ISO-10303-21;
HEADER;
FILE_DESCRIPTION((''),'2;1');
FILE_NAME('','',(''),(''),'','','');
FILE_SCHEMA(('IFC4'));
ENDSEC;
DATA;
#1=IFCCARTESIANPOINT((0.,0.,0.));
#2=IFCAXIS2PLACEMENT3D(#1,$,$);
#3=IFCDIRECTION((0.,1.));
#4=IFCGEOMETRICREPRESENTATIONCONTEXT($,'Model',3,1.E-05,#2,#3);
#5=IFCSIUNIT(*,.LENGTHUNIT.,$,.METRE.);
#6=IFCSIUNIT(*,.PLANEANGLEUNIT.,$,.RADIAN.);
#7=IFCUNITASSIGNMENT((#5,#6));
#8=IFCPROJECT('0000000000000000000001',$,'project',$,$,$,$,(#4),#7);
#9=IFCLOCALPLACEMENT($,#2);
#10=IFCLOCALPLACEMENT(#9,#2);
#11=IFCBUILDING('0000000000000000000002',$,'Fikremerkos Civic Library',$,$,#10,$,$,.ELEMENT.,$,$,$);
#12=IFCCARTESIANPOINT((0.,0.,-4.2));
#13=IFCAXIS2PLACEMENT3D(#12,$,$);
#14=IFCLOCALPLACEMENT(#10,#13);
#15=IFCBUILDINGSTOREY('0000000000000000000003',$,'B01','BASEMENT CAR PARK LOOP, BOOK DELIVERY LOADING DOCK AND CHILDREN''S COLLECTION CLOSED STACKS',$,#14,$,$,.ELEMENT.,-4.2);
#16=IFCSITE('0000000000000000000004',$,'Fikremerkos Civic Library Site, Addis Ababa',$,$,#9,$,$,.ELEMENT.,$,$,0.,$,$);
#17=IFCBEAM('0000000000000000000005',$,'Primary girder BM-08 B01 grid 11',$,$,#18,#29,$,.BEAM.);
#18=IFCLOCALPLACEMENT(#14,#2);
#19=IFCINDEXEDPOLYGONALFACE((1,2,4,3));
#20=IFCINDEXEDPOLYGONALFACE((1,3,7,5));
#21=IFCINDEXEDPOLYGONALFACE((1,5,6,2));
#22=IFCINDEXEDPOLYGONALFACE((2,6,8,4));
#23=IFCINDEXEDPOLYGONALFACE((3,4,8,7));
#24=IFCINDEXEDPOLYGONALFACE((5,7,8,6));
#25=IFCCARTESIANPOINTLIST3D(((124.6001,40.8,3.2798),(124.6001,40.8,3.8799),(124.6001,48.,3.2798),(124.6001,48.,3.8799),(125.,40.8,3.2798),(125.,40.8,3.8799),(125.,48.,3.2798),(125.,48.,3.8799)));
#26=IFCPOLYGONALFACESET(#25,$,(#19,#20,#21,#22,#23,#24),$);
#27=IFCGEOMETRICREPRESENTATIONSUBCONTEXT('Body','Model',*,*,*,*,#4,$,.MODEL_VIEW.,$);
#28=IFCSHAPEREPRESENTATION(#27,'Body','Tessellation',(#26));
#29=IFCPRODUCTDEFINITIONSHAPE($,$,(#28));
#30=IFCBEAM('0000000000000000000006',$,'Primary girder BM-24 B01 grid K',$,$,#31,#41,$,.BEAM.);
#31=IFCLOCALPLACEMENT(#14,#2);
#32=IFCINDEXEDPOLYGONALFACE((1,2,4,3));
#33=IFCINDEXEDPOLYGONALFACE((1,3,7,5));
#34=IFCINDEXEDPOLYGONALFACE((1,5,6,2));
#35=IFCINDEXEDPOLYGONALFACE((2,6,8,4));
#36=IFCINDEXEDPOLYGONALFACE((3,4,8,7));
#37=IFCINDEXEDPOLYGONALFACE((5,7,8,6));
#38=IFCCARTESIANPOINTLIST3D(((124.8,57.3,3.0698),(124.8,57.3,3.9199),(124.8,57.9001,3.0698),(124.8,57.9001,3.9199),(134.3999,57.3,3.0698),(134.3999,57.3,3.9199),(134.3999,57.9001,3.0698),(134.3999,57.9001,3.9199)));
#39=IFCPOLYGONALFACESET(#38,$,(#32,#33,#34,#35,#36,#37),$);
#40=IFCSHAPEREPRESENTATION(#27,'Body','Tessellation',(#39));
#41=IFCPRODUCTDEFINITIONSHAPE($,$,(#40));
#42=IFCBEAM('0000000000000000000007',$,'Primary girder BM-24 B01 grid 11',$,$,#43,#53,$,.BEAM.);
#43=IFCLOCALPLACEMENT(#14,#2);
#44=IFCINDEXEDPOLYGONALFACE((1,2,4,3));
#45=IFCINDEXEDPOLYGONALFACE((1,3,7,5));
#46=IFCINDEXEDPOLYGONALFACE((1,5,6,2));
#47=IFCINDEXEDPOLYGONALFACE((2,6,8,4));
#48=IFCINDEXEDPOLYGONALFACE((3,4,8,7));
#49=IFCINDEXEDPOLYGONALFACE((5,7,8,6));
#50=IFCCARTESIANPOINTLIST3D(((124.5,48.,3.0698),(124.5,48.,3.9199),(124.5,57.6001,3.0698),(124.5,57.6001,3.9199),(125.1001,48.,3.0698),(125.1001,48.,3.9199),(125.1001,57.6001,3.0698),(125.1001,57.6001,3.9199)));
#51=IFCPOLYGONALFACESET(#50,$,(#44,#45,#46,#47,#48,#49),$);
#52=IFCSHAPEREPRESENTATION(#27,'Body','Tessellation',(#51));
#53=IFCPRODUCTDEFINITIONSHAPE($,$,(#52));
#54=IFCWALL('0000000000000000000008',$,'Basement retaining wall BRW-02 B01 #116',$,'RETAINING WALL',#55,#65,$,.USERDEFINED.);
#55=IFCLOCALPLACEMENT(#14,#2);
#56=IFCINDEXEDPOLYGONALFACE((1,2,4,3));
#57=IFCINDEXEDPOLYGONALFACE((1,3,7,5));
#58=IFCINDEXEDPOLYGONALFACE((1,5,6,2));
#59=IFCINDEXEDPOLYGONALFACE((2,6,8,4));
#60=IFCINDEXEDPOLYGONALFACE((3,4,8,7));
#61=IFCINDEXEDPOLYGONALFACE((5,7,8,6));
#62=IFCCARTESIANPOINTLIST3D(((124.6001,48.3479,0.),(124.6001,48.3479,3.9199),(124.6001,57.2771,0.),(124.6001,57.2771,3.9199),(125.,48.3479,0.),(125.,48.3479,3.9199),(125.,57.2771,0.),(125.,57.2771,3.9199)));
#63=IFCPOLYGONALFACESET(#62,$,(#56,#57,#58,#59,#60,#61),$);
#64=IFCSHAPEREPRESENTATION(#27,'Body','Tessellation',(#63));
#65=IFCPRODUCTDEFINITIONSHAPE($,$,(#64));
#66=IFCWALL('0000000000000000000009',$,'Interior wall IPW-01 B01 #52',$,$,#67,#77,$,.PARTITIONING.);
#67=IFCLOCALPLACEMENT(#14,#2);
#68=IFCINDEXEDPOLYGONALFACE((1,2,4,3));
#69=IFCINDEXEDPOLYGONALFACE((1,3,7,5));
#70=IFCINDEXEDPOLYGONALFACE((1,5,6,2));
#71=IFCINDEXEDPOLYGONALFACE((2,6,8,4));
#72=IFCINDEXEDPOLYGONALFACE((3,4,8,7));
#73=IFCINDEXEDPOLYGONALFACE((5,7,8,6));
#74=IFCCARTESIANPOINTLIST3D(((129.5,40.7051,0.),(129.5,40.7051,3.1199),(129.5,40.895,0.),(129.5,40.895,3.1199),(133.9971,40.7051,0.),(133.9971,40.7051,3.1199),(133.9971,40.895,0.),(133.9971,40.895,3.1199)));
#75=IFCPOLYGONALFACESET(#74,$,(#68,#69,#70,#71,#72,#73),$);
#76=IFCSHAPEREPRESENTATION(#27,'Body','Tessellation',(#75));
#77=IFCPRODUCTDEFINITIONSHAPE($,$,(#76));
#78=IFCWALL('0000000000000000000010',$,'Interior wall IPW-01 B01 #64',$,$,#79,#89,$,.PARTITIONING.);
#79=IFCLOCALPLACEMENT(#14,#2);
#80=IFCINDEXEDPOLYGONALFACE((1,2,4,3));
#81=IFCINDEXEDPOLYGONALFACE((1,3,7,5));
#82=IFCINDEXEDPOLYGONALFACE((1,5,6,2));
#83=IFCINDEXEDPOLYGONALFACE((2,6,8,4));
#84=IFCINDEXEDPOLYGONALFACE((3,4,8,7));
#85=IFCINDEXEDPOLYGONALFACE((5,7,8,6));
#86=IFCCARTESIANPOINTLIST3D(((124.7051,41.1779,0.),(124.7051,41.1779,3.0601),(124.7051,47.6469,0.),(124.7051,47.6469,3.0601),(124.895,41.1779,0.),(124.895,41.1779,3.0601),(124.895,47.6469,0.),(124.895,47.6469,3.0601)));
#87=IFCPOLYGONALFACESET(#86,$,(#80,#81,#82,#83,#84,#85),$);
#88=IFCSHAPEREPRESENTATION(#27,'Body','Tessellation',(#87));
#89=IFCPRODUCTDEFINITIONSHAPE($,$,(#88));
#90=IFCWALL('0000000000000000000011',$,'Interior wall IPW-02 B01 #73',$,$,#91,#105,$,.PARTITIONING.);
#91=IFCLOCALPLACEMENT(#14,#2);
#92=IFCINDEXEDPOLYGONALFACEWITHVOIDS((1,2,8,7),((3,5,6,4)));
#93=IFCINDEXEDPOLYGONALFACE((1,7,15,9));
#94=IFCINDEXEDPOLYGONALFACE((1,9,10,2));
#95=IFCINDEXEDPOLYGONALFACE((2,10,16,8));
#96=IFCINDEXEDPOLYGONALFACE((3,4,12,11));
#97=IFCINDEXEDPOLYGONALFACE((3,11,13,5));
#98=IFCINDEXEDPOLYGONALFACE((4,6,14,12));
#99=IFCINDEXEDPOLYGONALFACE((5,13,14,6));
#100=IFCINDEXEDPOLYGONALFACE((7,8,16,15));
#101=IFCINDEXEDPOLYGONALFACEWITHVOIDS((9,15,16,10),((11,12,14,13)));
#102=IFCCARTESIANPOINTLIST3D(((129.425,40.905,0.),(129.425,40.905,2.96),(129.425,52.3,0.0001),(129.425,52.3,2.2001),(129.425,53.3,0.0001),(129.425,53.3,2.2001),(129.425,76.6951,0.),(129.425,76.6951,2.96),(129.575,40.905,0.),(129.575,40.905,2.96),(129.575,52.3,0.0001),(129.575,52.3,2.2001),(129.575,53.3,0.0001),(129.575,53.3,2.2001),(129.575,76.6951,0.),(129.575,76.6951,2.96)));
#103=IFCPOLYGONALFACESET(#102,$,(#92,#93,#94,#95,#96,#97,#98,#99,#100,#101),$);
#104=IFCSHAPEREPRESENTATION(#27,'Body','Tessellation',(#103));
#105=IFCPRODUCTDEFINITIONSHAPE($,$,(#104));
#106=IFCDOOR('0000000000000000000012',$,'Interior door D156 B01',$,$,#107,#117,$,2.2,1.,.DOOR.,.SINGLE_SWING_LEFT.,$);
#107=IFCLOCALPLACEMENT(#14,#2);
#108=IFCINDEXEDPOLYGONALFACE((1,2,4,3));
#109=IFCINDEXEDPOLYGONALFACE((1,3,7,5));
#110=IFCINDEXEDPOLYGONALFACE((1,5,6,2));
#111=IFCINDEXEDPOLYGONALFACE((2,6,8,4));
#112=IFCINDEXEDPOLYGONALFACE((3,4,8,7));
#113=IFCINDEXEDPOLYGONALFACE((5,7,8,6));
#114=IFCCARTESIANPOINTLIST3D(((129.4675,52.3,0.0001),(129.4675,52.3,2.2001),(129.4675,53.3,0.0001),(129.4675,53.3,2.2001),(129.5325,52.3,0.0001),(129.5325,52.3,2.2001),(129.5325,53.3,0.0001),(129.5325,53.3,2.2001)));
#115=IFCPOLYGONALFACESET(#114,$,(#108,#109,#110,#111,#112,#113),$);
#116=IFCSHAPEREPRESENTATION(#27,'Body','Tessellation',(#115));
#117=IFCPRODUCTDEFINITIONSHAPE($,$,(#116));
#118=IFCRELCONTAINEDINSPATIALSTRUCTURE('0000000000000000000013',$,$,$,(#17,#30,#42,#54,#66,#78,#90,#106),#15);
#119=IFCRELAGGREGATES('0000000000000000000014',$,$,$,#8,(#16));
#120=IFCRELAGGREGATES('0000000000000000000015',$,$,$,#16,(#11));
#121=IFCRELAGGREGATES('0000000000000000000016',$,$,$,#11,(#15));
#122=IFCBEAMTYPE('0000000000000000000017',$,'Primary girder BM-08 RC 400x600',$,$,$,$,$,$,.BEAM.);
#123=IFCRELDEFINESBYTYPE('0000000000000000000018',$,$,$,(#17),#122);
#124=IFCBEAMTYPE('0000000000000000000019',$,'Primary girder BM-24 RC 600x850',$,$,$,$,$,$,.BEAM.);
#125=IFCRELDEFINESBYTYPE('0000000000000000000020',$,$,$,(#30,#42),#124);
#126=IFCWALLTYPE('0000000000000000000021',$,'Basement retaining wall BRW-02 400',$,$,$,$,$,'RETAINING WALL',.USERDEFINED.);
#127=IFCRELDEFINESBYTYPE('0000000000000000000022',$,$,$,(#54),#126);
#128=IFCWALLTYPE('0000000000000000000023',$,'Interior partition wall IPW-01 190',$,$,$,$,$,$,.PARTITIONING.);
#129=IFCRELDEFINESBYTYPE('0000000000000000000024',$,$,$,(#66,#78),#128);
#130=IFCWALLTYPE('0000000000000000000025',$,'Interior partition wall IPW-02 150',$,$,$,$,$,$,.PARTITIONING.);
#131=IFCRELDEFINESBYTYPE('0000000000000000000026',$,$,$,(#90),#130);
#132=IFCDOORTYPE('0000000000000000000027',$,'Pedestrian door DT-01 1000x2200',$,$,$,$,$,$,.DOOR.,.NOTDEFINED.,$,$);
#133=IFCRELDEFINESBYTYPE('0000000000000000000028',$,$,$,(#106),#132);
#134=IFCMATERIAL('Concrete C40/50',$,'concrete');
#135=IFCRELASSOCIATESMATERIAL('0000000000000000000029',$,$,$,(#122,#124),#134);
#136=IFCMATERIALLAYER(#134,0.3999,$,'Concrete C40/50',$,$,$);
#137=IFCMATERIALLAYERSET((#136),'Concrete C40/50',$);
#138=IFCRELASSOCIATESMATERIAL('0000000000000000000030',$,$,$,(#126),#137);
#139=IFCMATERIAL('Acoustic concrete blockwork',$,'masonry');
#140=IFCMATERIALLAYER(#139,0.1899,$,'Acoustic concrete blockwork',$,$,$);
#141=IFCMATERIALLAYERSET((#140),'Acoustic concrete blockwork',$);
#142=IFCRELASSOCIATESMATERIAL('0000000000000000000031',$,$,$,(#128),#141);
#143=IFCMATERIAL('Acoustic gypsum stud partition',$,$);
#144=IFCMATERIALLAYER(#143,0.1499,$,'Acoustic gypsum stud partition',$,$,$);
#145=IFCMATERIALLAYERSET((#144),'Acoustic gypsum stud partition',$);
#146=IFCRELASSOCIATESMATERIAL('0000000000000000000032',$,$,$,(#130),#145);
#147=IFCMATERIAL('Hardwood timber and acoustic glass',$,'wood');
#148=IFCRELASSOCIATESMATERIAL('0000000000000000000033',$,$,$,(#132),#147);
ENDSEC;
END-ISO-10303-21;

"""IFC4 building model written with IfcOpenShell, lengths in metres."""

from ifc_helpers import new_model, si_unit, direction, frame, frame_2d, origin, origin_2d, place, context, subcontext, project, spatial, rectangle, extrude, material, layer, layer_set, material_profile, profile_set, type_object, element, fill, save


model = new_model("IFC4")

# Units and contexts
model_context = context("Model", 3, precision=1e-05, world=origin(), true_north=direction((0.0, 1.0)))
body_context = subcontext(model_context, "Body", "Model", "MODEL_VIEW")
ifc_project = project(units=[si_unit("LENGTHUNIT", "METRE"), si_unit("PLANEANGLEUNIT", "RADIAN")], contexts=[model_context])

# Site, building, storey
site_placement = place(None, origin())
site = spatial("IfcSite", under=ifc_project, at=site_placement, Name="Fikremerkos Civic Library Site, Addis Ababa", CompositionType="ELEMENT", RefElevation=0.0)
building_placement = place(site_placement, origin())
building = spatial("IfcBuilding", under=site, at=building_placement, Name="Fikremerkos Civic Library", CompositionType="ELEMENT")
storey_placement = place(building_placement, frame((0.0, 0.0, -4.2)))
storey = spatial("IfcBuildingStorey", under=building, at=storey_placement, Name="B01", Description="BASEMENT CAR PARK LOOP, BOOK DELIVERY LOADING DOCK AND CHILDREN'S COLLECTION CLOSED STACKS", CompositionType="ELEMENT", Elevation=-4.2)

# Shared definitions
ifc_material_1 = material(Name="Concrete C40/50", Category="concrete")

# Beams
ifc_material_profile_1 = material_profile(ifc_material_1, rectangle(XDim=0.3999, YDim=0.6001, at=origin_2d()), Name="RC 400x600")
ifc_profile_set_1 = profile_set([ifc_material_profile_1], Name="Concrete C40/50")
beam_type_1 = type_object("IfcBeamType", Name="Primary girder BM-08 RC 400x600", PredefinedType="BEAM", material=ifc_profile_set_1)
beam_1_placement = place(storey_placement, frame((124.8, 40.8, 3.5798), z_axis=(0.0, 1.0, 0.0), x_axis=(-1.0, 0.0, 0.0)))
element("IfcBeam", 1, at=beam_1_placement, inside=storey, type_object=beam_type_1, Name="Primary girder BM-08 B01 grid 11", PredefinedType="BEAM", context=body_context, shape_type="SweptSolid", body=[
    extrude(rectangle(XDim=0.3999, YDim=0.6001, at=origin_2d()), origin(), (0.0, 0.0, 1.0), 7.2),
])
ifc_material_profile_2 = material_profile(ifc_material_1, rectangle(XDim=0.6001, YDim=0.8501, at=origin_2d()), Name="RC 600x850")
ifc_profile_set_2 = profile_set([ifc_material_profile_2], Name="Concrete C40/50")
beam_type_2 = type_object("IfcBeamType", Name="Primary girder BM-24 RC 600x850", PredefinedType="BEAM", material=ifc_profile_set_2)
beam_2_placement = place(storey_placement, frame((124.8, 57.6001, 3.4949), z_axis=(1.0, 0.0, 0.0), x_axis=(0.0, 1.0, 0.0)))
element("IfcBeam", 2, at=beam_2_placement, inside=storey, type_object=beam_type_2, Name="Primary girder BM-24 B01 grid K", PredefinedType="BEAM", context=body_context, shape_type="SweptSolid", body=[
    extrude(rectangle(XDim=0.6001, YDim=0.8501, at=origin_2d()), origin(), (0.0, 0.0, 1.0), 9.5999),
])
beam_3_placement = place(storey_placement, frame((124.8, 48.0, 3.4949), z_axis=(0.0, 1.0, 0.0), x_axis=(-1.0, 0.0, 0.0)))
element("IfcBeam", 3, at=beam_3_placement, inside=storey, type_object=beam_type_2, Name="Primary girder BM-24 B01 grid 11", PredefinedType="BEAM", context=body_context, shape_type="SweptSolid", body=[
    extrude(rectangle(XDim=0.6001, YDim=0.8501, at=origin_2d()), origin(), (0.0, 0.0, 1.0), 9.6001),
])

# Walls
ifc_layer_1 = layer(ifc_material_1, 0.3999, Name="Concrete C40/50")
ifc_layer_set_1 = layer_set([ifc_layer_1], Name="Concrete C40/50")
wall_type_1 = type_object("IfcWallType", Name="Basement retaining wall BRW-02 400", ElementType="RETAINING WALL", PredefinedType="USERDEFINED", material=ifc_layer_set_1)
wall_1_placement = place(storey_placement, frame((124.8, 48.3479, 0.0), z_axis=(0.0, 0.0, 1.0), x_axis=(0.0, 1.0, 0.0)))
element("IfcWall", 4, at=wall_1_placement, inside=storey, type_object=wall_type_1, Name="Basement retaining wall BRW-02 B01 #116", ObjectType="RETAINING WALL", PredefinedType="USERDEFINED", context=body_context, shape_type="SweptSolid", body=[
    extrude(rectangle(XDim=8.9292, YDim=0.3999, at=frame_2d((4.4646, 0.0))), origin(), (0.0, 0.0, 1.0), 3.9199),
])
ifc_material_2 = material(Name="Acoustic concrete blockwork", Category="masonry")
ifc_layer_2 = layer(ifc_material_2, 0.1899, Name="Acoustic concrete blockwork")
ifc_layer_set_2 = layer_set([ifc_layer_2], Name="Acoustic concrete blockwork")
wall_type_2 = type_object("IfcWallType", Name="Interior partition wall IPW-01 190", PredefinedType="PARTITIONING", material=ifc_layer_set_2)
wall_2_placement = place(storey_placement, frame((129.5, 40.8, 0.0), z_axis=(0.0, 0.0, 1.0), x_axis=(1.0, 0.0, 0.0)))
element("IfcWall", 5, at=wall_2_placement, inside=storey, type_object=wall_type_2, Name="Interior wall IPW-01 B01 #52", PredefinedType="PARTITIONING", context=body_context, shape_type="SweptSolid", body=[
    extrude(rectangle(XDim=4.4971, YDim=0.1899, at=frame_2d((2.2485, 0.0))), origin(), (0.0, 0.0, 1.0), 3.1199),
])
wall_3_placement = place(storey_placement, frame((124.8, 41.178, 0.0), z_axis=(0.0, 0.0, 1.0), x_axis=(0.0, 1.0, 0.0)))
element("IfcWall", 6, at=wall_3_placement, inside=storey, type_object=wall_type_2, Name="Interior wall IPW-01 B01 #64", PredefinedType="PARTITIONING", context=body_context, shape_type="SweptSolid", body=[
    extrude(rectangle(XDim=6.469, YDim=0.1899, at=frame_2d((3.2344, 0.0))), origin(), (0.0, 0.0, 1.0), 3.0601),
])

# Wall, opening, door
ifc_material_3 = material(Name="Acoustic gypsum stud partition")
ifc_layer_3 = layer(ifc_material_3, 0.1499, Name="Acoustic gypsum stud partition")
ifc_layer_set_3 = layer_set([ifc_layer_3], Name="Acoustic gypsum stud partition")
wall_type_3 = type_object("IfcWallType", Name="Interior partition wall IPW-02 150", PredefinedType="PARTITIONING", material=ifc_layer_set_3)
wall_4_placement = place(storey_placement, frame((129.5, 40.905, 0.0), z_axis=(0.0, 0.0, 1.0), x_axis=(0.0, 1.0, 0.0)))
wall_4 = element("IfcWall", 7, at=wall_4_placement, inside=storey, type_object=wall_type_3, Name="Interior wall IPW-02 B01 #73", PredefinedType="PARTITIONING", context=body_context, shape_type="SweptSolid", body=[
    extrude(rectangle(XDim=35.79, YDim=0.1499, at=frame_2d((17.895, 0.0))), origin(), (0.0, 0.0, 1.0), 2.96),
])
opening_placement = place(wall_4_placement, frame((11.395, 0.0, 0.0)))
opening = element("IfcOpeningElement", 8, at=opening_placement, cuts=wall_4, PredefinedType="OPENING", context=body_context, shape_type="SweptSolid", body=[
    extrude(rectangle(XDim=1.0, YDim=2.2, at=frame_2d((0.5, 1.1001))), frame((0.0, 0.085, 0.0), z_axis=(0.0, -1.0, 0.0), x_axis=(1.0, 0.0, 0.0)), (0.0, 0.0, 1.0), 0.1699),
])
ifc_material_4 = material(Name="Hardwood timber and acoustic glass", Category="wood")
door_type = type_object("IfcDoorType", Name="Pedestrian door DT-01 1000x2200", OperationType="NOTDEFINED", PredefinedType="DOOR", material=ifc_material_4)
door_placement = place(opening_placement, origin())
door = element("IfcDoor", 9, at=door_placement, inside=storey, type_object=door_type, Name="Interior door D156 B01", OperationType="SINGLE_SWING_LEFT", OverallHeight=2.2, OverallWidth=1.0, PredefinedType="DOOR", context=body_context, shape_type="SweptSolid", body=[
    extrude(rectangle(XDim=1.0, YDim=2.2, at=frame_2d((0.5, 1.1001))), frame((0.0, 0.0325, 0.0), z_axis=(0.0, -1.0, 0.0), x_axis=(1.0, 0.0, 0.0)), (0.0, 0.0, 1.0), 0.0649),
])
fill(opening, door)

save(model, "model.ifc")
